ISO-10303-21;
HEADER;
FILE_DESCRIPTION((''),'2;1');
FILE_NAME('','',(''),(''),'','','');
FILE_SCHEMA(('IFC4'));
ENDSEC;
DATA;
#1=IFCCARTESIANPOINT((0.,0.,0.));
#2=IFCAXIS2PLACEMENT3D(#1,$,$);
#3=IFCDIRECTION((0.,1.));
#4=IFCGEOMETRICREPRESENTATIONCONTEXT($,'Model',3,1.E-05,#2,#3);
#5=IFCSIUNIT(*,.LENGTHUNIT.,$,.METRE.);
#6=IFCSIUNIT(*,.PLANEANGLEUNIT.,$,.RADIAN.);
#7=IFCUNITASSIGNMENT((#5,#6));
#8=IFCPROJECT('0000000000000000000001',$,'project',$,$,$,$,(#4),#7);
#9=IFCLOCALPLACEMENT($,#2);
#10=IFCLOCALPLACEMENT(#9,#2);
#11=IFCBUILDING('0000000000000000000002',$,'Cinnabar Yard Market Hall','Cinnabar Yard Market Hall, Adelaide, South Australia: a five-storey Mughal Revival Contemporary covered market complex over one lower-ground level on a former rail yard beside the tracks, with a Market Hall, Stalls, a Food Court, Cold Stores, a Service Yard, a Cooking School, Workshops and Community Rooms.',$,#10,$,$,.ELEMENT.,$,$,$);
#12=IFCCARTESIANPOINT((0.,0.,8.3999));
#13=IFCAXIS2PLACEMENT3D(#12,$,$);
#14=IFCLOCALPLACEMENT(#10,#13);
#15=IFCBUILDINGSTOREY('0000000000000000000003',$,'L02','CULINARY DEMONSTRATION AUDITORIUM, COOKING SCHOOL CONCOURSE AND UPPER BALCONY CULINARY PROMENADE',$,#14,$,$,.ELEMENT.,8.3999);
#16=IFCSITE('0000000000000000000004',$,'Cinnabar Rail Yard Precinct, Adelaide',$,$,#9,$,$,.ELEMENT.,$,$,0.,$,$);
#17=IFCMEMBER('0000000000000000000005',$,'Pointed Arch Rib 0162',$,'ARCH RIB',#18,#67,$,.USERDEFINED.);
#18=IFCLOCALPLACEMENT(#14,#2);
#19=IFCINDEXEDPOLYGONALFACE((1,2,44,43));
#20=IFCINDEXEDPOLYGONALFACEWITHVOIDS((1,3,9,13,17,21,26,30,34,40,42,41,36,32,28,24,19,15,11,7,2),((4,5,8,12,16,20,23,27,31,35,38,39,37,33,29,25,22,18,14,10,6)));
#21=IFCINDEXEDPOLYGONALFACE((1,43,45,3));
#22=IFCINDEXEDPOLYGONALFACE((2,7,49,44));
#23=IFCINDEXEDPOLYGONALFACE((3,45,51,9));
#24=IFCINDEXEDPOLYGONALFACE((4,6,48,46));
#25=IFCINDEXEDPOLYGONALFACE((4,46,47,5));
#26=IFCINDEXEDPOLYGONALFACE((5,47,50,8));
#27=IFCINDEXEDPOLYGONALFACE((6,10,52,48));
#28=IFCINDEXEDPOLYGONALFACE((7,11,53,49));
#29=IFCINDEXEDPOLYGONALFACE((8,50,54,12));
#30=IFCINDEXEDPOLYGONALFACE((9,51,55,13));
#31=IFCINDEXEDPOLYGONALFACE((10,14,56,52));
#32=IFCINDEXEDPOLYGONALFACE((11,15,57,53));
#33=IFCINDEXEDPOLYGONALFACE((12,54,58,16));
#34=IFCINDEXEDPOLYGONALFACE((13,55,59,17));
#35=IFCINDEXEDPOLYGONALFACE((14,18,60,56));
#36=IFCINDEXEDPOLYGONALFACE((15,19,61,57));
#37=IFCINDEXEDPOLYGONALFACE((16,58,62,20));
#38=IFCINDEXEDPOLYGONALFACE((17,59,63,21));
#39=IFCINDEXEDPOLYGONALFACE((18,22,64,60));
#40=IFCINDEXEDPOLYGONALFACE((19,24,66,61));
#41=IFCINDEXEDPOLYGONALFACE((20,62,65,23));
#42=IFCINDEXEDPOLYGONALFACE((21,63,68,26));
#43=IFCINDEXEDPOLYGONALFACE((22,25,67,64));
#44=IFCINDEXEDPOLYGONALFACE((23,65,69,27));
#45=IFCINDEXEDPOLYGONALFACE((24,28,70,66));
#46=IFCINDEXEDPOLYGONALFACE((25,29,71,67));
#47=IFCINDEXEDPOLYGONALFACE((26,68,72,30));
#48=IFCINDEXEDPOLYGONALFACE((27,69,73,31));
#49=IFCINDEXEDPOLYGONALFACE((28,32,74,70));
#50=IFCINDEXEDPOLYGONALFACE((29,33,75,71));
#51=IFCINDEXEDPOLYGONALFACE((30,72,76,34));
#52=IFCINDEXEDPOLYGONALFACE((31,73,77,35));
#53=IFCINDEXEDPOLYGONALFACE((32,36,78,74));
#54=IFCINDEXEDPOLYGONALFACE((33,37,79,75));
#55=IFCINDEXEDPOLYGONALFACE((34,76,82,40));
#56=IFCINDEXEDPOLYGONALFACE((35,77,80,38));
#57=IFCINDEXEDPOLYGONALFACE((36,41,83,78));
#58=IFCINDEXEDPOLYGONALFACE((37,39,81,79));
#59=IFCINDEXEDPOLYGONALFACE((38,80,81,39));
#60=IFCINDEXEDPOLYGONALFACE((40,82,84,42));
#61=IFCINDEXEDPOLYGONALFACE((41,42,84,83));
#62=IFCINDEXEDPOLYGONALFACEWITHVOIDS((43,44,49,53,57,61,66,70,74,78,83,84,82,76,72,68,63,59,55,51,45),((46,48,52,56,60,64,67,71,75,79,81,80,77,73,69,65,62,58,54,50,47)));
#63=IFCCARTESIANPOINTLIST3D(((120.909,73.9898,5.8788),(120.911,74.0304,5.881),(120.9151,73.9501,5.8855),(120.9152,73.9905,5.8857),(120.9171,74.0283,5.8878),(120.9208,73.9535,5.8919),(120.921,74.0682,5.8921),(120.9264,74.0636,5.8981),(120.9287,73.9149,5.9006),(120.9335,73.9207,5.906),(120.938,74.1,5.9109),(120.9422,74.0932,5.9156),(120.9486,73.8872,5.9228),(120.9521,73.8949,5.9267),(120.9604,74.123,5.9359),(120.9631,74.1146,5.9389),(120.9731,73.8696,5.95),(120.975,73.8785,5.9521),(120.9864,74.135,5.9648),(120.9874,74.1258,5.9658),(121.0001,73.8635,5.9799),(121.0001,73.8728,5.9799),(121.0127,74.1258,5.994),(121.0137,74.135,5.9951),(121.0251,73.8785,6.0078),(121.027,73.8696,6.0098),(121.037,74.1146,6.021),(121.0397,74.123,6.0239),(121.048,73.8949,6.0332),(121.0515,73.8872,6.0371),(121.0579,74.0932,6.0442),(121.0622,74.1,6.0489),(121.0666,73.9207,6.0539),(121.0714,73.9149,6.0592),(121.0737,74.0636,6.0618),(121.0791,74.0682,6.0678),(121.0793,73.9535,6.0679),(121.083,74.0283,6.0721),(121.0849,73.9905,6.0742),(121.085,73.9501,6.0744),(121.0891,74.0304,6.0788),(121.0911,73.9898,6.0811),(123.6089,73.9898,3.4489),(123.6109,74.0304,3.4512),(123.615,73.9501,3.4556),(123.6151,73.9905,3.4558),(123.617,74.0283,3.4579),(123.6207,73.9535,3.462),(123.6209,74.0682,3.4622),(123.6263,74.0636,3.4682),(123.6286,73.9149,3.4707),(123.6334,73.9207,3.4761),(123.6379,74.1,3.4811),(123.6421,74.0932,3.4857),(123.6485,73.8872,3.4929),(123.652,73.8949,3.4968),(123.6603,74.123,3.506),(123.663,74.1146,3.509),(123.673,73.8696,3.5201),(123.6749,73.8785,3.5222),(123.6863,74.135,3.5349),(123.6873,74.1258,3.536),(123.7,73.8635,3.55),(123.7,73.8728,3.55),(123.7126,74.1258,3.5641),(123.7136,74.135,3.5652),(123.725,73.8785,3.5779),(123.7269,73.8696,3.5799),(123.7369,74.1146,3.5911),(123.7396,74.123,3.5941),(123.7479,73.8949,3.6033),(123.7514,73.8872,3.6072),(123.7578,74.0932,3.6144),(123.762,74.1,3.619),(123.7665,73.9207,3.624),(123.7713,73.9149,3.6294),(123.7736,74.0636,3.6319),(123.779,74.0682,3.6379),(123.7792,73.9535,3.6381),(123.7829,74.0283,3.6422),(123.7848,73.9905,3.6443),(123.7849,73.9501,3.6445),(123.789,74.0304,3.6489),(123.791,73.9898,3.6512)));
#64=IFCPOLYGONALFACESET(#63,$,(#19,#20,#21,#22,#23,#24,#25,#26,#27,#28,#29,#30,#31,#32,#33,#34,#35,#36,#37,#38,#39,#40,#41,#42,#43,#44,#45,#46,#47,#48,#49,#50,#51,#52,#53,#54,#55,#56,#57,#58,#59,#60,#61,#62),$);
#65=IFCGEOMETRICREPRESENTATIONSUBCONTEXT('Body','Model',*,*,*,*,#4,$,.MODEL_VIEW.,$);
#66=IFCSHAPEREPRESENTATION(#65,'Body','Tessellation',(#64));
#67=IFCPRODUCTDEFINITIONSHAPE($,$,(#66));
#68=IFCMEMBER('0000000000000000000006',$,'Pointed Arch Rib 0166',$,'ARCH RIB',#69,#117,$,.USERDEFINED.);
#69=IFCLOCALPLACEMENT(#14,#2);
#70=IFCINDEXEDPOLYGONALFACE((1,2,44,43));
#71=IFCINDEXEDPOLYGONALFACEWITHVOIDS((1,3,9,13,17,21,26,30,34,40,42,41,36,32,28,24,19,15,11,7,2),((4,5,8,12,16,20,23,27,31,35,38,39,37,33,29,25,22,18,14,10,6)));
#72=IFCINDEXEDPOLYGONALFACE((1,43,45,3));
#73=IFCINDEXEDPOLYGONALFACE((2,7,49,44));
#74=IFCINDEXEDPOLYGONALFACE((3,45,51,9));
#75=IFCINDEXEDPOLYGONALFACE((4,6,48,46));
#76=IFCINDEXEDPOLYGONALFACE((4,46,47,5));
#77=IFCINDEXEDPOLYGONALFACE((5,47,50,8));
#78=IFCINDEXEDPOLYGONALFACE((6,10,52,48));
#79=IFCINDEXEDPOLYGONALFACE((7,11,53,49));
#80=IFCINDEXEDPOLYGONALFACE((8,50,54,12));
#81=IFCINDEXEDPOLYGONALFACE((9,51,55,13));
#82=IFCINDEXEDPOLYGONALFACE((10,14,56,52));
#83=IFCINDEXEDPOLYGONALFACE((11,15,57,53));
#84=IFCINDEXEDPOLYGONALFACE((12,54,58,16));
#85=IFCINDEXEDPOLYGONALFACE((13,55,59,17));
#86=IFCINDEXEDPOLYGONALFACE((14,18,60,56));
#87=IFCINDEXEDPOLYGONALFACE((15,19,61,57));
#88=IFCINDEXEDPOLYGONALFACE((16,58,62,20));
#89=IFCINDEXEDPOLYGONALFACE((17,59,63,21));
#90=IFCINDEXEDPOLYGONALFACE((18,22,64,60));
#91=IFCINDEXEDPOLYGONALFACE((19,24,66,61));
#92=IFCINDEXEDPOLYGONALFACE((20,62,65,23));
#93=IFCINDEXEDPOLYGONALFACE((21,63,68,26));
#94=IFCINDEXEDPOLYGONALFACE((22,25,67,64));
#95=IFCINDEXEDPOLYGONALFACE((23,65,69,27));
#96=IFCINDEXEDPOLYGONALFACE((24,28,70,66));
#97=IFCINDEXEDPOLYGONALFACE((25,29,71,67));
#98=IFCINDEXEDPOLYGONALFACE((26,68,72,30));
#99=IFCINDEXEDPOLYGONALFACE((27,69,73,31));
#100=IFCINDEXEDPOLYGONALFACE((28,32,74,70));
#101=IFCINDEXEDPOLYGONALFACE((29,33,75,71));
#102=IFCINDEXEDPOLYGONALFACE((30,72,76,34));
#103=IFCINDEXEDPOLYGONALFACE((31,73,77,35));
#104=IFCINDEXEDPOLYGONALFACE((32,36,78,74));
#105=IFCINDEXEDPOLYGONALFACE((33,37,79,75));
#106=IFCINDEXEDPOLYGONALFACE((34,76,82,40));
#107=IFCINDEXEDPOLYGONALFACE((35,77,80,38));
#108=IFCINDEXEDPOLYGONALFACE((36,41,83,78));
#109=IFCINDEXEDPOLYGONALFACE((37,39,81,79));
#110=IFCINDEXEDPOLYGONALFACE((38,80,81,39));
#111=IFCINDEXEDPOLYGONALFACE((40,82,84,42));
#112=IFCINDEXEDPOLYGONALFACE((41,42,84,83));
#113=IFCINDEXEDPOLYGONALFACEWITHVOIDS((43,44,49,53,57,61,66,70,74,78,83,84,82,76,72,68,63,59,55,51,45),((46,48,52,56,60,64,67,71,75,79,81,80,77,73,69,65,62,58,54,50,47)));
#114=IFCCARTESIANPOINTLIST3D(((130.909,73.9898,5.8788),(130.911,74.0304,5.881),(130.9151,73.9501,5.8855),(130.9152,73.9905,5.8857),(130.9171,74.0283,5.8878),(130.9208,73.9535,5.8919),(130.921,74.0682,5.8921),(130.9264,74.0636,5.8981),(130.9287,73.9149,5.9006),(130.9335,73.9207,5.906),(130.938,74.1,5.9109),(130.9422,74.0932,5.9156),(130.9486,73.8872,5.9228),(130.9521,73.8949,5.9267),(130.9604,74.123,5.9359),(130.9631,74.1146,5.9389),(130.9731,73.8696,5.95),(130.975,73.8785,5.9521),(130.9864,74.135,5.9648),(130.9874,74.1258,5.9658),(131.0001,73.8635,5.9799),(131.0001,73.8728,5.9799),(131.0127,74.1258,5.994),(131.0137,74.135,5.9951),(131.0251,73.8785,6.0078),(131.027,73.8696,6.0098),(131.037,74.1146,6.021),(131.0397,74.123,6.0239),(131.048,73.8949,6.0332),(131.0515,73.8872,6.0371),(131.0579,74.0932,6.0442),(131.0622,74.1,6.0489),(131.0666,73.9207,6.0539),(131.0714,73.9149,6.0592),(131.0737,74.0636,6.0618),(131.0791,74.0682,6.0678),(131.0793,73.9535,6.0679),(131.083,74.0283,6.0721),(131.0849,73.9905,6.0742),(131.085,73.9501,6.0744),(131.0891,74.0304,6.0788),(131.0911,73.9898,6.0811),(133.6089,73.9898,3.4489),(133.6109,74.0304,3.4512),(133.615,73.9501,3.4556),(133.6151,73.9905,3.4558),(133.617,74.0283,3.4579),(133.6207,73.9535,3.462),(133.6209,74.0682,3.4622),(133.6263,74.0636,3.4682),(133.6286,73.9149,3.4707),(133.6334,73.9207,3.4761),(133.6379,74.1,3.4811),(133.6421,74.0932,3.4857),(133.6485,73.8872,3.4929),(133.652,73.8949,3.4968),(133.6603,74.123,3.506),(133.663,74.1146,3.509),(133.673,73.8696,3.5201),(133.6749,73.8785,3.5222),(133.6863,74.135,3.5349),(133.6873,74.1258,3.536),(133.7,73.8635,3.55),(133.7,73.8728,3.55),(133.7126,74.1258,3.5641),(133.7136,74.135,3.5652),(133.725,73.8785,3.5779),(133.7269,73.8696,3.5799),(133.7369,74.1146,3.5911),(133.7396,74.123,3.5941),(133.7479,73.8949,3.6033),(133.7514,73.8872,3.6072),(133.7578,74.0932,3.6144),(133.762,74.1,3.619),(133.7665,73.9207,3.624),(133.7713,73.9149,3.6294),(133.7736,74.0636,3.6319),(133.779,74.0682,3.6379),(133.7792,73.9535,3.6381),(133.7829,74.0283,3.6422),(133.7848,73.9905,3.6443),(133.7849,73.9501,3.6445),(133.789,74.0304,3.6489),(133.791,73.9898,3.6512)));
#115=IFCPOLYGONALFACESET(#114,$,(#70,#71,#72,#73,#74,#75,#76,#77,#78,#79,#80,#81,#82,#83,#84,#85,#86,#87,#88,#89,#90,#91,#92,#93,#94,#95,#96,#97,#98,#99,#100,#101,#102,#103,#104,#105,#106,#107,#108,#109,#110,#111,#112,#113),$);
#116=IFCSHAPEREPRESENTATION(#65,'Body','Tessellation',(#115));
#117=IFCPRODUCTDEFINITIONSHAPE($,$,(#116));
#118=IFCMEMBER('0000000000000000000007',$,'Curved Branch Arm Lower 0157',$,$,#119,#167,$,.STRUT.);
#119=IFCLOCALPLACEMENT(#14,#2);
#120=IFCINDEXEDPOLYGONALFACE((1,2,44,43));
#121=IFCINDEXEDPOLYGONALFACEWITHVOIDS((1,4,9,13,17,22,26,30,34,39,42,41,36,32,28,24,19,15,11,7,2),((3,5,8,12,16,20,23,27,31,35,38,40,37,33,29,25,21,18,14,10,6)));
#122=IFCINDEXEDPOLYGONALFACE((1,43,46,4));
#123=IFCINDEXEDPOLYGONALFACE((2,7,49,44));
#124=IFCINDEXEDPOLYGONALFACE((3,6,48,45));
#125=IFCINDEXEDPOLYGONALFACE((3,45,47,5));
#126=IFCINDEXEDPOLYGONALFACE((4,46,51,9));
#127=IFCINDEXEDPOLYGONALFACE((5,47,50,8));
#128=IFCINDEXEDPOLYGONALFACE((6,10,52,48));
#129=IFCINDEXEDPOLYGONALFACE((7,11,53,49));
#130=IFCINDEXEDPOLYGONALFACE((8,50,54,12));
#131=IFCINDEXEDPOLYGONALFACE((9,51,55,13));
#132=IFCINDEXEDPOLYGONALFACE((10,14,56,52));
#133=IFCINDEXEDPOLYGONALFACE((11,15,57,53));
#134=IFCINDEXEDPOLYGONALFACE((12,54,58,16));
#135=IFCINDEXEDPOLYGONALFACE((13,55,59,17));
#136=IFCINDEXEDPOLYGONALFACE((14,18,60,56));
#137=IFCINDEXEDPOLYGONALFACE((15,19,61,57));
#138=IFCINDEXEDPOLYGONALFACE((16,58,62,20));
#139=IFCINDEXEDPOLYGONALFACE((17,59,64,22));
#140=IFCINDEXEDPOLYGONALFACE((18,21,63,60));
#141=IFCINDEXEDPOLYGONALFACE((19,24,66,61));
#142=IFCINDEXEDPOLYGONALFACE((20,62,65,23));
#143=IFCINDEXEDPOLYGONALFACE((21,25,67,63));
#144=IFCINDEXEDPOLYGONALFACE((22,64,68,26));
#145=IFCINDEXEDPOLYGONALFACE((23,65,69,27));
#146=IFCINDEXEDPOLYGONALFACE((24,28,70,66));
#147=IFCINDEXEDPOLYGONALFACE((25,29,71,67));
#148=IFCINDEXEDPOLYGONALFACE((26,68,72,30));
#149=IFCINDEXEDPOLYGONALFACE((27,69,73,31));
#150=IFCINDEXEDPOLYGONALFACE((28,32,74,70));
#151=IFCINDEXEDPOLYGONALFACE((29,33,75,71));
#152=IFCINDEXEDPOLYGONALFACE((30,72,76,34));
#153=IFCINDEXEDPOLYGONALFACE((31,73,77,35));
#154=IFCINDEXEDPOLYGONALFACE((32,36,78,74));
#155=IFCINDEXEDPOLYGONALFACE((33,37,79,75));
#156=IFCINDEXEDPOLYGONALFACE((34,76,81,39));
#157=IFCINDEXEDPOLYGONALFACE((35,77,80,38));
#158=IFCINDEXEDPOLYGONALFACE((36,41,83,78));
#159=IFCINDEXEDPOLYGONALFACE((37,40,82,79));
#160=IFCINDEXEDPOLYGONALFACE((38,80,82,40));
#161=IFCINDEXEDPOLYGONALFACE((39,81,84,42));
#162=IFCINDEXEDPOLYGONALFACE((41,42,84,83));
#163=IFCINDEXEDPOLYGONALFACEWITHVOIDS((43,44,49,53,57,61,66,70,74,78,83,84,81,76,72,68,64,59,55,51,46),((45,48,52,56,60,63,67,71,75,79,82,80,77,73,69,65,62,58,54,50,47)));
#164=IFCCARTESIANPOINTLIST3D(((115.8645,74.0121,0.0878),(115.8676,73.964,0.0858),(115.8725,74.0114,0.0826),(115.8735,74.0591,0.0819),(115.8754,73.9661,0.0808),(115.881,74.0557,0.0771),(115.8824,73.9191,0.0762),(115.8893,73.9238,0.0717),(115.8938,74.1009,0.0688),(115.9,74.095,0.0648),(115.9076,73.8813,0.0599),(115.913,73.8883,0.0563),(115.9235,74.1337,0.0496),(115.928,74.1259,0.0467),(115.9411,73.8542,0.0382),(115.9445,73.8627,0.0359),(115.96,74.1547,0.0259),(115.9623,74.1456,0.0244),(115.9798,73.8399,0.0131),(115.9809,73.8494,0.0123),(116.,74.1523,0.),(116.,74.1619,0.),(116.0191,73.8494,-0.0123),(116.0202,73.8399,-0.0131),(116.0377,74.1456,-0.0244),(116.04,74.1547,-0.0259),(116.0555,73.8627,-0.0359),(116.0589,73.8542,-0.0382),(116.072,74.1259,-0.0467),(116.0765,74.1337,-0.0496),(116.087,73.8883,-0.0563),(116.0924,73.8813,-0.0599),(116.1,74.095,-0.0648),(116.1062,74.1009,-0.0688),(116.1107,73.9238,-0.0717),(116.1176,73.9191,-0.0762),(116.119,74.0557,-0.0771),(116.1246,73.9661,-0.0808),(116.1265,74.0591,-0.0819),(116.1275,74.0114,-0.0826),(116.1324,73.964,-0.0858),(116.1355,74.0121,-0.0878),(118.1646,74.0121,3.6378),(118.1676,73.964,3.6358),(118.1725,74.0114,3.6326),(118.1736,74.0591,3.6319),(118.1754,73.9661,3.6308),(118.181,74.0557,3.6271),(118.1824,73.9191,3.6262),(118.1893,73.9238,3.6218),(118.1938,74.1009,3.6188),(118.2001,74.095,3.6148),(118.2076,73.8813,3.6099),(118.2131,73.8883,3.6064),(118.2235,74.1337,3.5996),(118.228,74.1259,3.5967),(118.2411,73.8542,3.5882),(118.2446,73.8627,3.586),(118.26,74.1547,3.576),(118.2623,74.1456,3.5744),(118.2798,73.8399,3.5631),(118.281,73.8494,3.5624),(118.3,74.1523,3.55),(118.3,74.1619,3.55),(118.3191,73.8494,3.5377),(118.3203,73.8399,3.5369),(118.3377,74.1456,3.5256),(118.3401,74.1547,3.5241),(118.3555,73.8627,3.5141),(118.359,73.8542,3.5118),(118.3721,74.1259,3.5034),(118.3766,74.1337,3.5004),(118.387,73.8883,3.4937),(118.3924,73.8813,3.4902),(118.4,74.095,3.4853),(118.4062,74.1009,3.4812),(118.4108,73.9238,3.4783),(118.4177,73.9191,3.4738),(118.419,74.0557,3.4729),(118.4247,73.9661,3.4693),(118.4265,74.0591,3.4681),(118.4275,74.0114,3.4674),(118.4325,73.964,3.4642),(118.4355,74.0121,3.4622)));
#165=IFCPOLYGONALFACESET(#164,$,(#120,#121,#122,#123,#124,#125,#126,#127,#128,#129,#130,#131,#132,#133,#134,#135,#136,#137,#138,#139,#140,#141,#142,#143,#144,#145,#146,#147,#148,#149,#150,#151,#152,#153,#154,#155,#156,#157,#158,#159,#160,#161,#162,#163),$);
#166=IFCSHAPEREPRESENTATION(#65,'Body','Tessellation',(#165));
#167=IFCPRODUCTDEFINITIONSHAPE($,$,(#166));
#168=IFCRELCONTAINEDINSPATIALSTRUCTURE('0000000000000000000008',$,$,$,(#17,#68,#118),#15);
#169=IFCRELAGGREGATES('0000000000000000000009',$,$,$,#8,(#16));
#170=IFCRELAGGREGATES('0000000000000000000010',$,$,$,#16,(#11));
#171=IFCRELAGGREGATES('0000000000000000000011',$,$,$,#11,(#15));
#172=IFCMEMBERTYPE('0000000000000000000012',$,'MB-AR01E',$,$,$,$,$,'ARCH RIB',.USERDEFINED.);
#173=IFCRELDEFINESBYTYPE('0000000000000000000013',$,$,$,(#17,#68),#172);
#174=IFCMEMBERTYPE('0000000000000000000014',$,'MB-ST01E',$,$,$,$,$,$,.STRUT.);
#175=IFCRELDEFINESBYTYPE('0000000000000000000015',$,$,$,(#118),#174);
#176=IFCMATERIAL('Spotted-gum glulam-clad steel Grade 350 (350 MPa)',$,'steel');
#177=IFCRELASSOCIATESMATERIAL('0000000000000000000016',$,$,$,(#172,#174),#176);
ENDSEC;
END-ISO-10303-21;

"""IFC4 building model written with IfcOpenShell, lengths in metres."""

from ifc_helpers import new_model, si_unit, direction, frame, origin, origin_2d_with_axis, place, context, subcontext, project, spatial, hollow_circle, extrude, material, material_profile, profile_set, type_object, element, save


model = new_model("IFC4")

# Units and contexts
model_context = context("Model", 3, precision=1e-05, world=origin(), true_north=direction((0.0, 1.0)))
body_context = subcontext(model_context, "Body", "Model", "MODEL_VIEW")
ifc_project = project(units=[si_unit("LENGTHUNIT", "METRE"), si_unit("PLANEANGLEUNIT", "RADIAN")], contexts=[model_context])

# Site, building, storey
site_placement = place(None, origin())
site = spatial("IfcSite", under=ifc_project, at=site_placement, Name="Cinnabar Rail Yard Precinct, Adelaide", CompositionType="ELEMENT", RefElevation=0.0)
building_placement = place(site_placement, origin())
building = spatial("IfcBuilding", under=site, at=building_placement, Name="Cinnabar Yard Market Hall", Description="Cinnabar Yard Market Hall, Adelaide, South Australia: a five-storey Mughal Revival Contemporary covered market complex over one lower-ground level on a former rail yard beside the tracks, with a Market Hall, Stalls, a Food Court, Cold Stores, a Service Yard, a Cooking School, Workshops and Community Rooms.", CompositionType="ELEMENT")
storey_placement = place(building_placement, frame((0.0, 0.0, 8.3999)))
storey = spatial("IfcBuildingStorey", under=building, at=storey_placement, Name="L02", Description="CULINARY DEMONSTRATION AUDITORIUM, COOKING SCHOOL CONCOURSE AND UPPER BALCONY CULINARY PROMENADE", CompositionType="ELEMENT", Elevation=8.3999)

# Shared definitions
ifc_material_1 = material(Name="Spotted-gum glulam-clad steel Grade 350 (350 MPa)", Category="steel")

# Members
ifc_material_profile_1 = material_profile(ifc_material_1, hollow_circle(Radius=0.1365, WallThickness=0.0093, at=origin_2d_with_axis()), Name="273.1x9.3CHS")
ifc_profile_set_1 = profile_set([ifc_material_profile_1], Name="Spotted-gum glulam-clad steel Grade 350 (350 MPa)")
member_type_1 = type_object("IfcMemberType", Name="MB-AR01E", ElementType="ARCH RIB", PredefinedType="USERDEFINED", material=ifc_profile_set_1)
for number, where, z_axis, x_axis, name in (
    (1, (123.7, 74.0, 3.55), (-0.743297, 0.0, 0.668961), (0.0, -1.0, 0.0), "Pointed Arch Rib 0162"),
    (2, (133.7, 74.0, 3.55), (-0.743297, 0.0, 0.668961), (0.0, -1.0, 0.0), "Pointed Arch Rib 0166"),
):
    element("IfcMember", number, at=place(storey_placement, frame(where, z_axis=z_axis, x_axis=x_axis)), inside=storey, type_object=member_type_1, Name=name, ObjectType="ARCH RIB", PredefinedType="USERDEFINED", context=body_context, shape_type="SweptSolid", body=[
        extrude(hollow_circle(Radius=0.1365, WallThickness=0.0093, at=origin_2d_with_axis()), origin(), (0.0, 0.0, 1.0), 3.6323),
    ])
ifc_material_profile_2 = material_profile(ifc_material_1, hollow_circle(Radius=0.1619, WallThickness=0.0095, at=origin_2d_with_axis()), Name="323.9x9.5CHS")
ifc_profile_set_2 = profile_set([ifc_material_profile_2], Name="Spotted-gum glulam-clad steel Grade 350 (350 MPa)")
member_type_2 = type_object("IfcMemberType", Name="MB-ST01E", PredefinedType="STRUT", material=ifc_profile_set_2)
for number, where, z_axis, x_axis, name in (
    (3, (116.0, 74.0, 0.0), (0.543744, 0.0, 0.839251), (0.0, 1.0, 0.0), "Curved Branch Arm Lower 0157"),
):
    element("IfcMember", number, at=place(storey_placement, frame(where, z_axis=z_axis, x_axis=x_axis)), inside=storey, type_object=member_type_2, Name=name, PredefinedType="STRUT", context=body_context, shape_type="SweptSolid", body=[
        extrude(hollow_circle(Radius=0.1619, WallThickness=0.0095, at=origin_2d_with_axis()), origin(), (0.0, 0.0, 1.0), 4.23),
    ])

save(model, "model.ifc")
